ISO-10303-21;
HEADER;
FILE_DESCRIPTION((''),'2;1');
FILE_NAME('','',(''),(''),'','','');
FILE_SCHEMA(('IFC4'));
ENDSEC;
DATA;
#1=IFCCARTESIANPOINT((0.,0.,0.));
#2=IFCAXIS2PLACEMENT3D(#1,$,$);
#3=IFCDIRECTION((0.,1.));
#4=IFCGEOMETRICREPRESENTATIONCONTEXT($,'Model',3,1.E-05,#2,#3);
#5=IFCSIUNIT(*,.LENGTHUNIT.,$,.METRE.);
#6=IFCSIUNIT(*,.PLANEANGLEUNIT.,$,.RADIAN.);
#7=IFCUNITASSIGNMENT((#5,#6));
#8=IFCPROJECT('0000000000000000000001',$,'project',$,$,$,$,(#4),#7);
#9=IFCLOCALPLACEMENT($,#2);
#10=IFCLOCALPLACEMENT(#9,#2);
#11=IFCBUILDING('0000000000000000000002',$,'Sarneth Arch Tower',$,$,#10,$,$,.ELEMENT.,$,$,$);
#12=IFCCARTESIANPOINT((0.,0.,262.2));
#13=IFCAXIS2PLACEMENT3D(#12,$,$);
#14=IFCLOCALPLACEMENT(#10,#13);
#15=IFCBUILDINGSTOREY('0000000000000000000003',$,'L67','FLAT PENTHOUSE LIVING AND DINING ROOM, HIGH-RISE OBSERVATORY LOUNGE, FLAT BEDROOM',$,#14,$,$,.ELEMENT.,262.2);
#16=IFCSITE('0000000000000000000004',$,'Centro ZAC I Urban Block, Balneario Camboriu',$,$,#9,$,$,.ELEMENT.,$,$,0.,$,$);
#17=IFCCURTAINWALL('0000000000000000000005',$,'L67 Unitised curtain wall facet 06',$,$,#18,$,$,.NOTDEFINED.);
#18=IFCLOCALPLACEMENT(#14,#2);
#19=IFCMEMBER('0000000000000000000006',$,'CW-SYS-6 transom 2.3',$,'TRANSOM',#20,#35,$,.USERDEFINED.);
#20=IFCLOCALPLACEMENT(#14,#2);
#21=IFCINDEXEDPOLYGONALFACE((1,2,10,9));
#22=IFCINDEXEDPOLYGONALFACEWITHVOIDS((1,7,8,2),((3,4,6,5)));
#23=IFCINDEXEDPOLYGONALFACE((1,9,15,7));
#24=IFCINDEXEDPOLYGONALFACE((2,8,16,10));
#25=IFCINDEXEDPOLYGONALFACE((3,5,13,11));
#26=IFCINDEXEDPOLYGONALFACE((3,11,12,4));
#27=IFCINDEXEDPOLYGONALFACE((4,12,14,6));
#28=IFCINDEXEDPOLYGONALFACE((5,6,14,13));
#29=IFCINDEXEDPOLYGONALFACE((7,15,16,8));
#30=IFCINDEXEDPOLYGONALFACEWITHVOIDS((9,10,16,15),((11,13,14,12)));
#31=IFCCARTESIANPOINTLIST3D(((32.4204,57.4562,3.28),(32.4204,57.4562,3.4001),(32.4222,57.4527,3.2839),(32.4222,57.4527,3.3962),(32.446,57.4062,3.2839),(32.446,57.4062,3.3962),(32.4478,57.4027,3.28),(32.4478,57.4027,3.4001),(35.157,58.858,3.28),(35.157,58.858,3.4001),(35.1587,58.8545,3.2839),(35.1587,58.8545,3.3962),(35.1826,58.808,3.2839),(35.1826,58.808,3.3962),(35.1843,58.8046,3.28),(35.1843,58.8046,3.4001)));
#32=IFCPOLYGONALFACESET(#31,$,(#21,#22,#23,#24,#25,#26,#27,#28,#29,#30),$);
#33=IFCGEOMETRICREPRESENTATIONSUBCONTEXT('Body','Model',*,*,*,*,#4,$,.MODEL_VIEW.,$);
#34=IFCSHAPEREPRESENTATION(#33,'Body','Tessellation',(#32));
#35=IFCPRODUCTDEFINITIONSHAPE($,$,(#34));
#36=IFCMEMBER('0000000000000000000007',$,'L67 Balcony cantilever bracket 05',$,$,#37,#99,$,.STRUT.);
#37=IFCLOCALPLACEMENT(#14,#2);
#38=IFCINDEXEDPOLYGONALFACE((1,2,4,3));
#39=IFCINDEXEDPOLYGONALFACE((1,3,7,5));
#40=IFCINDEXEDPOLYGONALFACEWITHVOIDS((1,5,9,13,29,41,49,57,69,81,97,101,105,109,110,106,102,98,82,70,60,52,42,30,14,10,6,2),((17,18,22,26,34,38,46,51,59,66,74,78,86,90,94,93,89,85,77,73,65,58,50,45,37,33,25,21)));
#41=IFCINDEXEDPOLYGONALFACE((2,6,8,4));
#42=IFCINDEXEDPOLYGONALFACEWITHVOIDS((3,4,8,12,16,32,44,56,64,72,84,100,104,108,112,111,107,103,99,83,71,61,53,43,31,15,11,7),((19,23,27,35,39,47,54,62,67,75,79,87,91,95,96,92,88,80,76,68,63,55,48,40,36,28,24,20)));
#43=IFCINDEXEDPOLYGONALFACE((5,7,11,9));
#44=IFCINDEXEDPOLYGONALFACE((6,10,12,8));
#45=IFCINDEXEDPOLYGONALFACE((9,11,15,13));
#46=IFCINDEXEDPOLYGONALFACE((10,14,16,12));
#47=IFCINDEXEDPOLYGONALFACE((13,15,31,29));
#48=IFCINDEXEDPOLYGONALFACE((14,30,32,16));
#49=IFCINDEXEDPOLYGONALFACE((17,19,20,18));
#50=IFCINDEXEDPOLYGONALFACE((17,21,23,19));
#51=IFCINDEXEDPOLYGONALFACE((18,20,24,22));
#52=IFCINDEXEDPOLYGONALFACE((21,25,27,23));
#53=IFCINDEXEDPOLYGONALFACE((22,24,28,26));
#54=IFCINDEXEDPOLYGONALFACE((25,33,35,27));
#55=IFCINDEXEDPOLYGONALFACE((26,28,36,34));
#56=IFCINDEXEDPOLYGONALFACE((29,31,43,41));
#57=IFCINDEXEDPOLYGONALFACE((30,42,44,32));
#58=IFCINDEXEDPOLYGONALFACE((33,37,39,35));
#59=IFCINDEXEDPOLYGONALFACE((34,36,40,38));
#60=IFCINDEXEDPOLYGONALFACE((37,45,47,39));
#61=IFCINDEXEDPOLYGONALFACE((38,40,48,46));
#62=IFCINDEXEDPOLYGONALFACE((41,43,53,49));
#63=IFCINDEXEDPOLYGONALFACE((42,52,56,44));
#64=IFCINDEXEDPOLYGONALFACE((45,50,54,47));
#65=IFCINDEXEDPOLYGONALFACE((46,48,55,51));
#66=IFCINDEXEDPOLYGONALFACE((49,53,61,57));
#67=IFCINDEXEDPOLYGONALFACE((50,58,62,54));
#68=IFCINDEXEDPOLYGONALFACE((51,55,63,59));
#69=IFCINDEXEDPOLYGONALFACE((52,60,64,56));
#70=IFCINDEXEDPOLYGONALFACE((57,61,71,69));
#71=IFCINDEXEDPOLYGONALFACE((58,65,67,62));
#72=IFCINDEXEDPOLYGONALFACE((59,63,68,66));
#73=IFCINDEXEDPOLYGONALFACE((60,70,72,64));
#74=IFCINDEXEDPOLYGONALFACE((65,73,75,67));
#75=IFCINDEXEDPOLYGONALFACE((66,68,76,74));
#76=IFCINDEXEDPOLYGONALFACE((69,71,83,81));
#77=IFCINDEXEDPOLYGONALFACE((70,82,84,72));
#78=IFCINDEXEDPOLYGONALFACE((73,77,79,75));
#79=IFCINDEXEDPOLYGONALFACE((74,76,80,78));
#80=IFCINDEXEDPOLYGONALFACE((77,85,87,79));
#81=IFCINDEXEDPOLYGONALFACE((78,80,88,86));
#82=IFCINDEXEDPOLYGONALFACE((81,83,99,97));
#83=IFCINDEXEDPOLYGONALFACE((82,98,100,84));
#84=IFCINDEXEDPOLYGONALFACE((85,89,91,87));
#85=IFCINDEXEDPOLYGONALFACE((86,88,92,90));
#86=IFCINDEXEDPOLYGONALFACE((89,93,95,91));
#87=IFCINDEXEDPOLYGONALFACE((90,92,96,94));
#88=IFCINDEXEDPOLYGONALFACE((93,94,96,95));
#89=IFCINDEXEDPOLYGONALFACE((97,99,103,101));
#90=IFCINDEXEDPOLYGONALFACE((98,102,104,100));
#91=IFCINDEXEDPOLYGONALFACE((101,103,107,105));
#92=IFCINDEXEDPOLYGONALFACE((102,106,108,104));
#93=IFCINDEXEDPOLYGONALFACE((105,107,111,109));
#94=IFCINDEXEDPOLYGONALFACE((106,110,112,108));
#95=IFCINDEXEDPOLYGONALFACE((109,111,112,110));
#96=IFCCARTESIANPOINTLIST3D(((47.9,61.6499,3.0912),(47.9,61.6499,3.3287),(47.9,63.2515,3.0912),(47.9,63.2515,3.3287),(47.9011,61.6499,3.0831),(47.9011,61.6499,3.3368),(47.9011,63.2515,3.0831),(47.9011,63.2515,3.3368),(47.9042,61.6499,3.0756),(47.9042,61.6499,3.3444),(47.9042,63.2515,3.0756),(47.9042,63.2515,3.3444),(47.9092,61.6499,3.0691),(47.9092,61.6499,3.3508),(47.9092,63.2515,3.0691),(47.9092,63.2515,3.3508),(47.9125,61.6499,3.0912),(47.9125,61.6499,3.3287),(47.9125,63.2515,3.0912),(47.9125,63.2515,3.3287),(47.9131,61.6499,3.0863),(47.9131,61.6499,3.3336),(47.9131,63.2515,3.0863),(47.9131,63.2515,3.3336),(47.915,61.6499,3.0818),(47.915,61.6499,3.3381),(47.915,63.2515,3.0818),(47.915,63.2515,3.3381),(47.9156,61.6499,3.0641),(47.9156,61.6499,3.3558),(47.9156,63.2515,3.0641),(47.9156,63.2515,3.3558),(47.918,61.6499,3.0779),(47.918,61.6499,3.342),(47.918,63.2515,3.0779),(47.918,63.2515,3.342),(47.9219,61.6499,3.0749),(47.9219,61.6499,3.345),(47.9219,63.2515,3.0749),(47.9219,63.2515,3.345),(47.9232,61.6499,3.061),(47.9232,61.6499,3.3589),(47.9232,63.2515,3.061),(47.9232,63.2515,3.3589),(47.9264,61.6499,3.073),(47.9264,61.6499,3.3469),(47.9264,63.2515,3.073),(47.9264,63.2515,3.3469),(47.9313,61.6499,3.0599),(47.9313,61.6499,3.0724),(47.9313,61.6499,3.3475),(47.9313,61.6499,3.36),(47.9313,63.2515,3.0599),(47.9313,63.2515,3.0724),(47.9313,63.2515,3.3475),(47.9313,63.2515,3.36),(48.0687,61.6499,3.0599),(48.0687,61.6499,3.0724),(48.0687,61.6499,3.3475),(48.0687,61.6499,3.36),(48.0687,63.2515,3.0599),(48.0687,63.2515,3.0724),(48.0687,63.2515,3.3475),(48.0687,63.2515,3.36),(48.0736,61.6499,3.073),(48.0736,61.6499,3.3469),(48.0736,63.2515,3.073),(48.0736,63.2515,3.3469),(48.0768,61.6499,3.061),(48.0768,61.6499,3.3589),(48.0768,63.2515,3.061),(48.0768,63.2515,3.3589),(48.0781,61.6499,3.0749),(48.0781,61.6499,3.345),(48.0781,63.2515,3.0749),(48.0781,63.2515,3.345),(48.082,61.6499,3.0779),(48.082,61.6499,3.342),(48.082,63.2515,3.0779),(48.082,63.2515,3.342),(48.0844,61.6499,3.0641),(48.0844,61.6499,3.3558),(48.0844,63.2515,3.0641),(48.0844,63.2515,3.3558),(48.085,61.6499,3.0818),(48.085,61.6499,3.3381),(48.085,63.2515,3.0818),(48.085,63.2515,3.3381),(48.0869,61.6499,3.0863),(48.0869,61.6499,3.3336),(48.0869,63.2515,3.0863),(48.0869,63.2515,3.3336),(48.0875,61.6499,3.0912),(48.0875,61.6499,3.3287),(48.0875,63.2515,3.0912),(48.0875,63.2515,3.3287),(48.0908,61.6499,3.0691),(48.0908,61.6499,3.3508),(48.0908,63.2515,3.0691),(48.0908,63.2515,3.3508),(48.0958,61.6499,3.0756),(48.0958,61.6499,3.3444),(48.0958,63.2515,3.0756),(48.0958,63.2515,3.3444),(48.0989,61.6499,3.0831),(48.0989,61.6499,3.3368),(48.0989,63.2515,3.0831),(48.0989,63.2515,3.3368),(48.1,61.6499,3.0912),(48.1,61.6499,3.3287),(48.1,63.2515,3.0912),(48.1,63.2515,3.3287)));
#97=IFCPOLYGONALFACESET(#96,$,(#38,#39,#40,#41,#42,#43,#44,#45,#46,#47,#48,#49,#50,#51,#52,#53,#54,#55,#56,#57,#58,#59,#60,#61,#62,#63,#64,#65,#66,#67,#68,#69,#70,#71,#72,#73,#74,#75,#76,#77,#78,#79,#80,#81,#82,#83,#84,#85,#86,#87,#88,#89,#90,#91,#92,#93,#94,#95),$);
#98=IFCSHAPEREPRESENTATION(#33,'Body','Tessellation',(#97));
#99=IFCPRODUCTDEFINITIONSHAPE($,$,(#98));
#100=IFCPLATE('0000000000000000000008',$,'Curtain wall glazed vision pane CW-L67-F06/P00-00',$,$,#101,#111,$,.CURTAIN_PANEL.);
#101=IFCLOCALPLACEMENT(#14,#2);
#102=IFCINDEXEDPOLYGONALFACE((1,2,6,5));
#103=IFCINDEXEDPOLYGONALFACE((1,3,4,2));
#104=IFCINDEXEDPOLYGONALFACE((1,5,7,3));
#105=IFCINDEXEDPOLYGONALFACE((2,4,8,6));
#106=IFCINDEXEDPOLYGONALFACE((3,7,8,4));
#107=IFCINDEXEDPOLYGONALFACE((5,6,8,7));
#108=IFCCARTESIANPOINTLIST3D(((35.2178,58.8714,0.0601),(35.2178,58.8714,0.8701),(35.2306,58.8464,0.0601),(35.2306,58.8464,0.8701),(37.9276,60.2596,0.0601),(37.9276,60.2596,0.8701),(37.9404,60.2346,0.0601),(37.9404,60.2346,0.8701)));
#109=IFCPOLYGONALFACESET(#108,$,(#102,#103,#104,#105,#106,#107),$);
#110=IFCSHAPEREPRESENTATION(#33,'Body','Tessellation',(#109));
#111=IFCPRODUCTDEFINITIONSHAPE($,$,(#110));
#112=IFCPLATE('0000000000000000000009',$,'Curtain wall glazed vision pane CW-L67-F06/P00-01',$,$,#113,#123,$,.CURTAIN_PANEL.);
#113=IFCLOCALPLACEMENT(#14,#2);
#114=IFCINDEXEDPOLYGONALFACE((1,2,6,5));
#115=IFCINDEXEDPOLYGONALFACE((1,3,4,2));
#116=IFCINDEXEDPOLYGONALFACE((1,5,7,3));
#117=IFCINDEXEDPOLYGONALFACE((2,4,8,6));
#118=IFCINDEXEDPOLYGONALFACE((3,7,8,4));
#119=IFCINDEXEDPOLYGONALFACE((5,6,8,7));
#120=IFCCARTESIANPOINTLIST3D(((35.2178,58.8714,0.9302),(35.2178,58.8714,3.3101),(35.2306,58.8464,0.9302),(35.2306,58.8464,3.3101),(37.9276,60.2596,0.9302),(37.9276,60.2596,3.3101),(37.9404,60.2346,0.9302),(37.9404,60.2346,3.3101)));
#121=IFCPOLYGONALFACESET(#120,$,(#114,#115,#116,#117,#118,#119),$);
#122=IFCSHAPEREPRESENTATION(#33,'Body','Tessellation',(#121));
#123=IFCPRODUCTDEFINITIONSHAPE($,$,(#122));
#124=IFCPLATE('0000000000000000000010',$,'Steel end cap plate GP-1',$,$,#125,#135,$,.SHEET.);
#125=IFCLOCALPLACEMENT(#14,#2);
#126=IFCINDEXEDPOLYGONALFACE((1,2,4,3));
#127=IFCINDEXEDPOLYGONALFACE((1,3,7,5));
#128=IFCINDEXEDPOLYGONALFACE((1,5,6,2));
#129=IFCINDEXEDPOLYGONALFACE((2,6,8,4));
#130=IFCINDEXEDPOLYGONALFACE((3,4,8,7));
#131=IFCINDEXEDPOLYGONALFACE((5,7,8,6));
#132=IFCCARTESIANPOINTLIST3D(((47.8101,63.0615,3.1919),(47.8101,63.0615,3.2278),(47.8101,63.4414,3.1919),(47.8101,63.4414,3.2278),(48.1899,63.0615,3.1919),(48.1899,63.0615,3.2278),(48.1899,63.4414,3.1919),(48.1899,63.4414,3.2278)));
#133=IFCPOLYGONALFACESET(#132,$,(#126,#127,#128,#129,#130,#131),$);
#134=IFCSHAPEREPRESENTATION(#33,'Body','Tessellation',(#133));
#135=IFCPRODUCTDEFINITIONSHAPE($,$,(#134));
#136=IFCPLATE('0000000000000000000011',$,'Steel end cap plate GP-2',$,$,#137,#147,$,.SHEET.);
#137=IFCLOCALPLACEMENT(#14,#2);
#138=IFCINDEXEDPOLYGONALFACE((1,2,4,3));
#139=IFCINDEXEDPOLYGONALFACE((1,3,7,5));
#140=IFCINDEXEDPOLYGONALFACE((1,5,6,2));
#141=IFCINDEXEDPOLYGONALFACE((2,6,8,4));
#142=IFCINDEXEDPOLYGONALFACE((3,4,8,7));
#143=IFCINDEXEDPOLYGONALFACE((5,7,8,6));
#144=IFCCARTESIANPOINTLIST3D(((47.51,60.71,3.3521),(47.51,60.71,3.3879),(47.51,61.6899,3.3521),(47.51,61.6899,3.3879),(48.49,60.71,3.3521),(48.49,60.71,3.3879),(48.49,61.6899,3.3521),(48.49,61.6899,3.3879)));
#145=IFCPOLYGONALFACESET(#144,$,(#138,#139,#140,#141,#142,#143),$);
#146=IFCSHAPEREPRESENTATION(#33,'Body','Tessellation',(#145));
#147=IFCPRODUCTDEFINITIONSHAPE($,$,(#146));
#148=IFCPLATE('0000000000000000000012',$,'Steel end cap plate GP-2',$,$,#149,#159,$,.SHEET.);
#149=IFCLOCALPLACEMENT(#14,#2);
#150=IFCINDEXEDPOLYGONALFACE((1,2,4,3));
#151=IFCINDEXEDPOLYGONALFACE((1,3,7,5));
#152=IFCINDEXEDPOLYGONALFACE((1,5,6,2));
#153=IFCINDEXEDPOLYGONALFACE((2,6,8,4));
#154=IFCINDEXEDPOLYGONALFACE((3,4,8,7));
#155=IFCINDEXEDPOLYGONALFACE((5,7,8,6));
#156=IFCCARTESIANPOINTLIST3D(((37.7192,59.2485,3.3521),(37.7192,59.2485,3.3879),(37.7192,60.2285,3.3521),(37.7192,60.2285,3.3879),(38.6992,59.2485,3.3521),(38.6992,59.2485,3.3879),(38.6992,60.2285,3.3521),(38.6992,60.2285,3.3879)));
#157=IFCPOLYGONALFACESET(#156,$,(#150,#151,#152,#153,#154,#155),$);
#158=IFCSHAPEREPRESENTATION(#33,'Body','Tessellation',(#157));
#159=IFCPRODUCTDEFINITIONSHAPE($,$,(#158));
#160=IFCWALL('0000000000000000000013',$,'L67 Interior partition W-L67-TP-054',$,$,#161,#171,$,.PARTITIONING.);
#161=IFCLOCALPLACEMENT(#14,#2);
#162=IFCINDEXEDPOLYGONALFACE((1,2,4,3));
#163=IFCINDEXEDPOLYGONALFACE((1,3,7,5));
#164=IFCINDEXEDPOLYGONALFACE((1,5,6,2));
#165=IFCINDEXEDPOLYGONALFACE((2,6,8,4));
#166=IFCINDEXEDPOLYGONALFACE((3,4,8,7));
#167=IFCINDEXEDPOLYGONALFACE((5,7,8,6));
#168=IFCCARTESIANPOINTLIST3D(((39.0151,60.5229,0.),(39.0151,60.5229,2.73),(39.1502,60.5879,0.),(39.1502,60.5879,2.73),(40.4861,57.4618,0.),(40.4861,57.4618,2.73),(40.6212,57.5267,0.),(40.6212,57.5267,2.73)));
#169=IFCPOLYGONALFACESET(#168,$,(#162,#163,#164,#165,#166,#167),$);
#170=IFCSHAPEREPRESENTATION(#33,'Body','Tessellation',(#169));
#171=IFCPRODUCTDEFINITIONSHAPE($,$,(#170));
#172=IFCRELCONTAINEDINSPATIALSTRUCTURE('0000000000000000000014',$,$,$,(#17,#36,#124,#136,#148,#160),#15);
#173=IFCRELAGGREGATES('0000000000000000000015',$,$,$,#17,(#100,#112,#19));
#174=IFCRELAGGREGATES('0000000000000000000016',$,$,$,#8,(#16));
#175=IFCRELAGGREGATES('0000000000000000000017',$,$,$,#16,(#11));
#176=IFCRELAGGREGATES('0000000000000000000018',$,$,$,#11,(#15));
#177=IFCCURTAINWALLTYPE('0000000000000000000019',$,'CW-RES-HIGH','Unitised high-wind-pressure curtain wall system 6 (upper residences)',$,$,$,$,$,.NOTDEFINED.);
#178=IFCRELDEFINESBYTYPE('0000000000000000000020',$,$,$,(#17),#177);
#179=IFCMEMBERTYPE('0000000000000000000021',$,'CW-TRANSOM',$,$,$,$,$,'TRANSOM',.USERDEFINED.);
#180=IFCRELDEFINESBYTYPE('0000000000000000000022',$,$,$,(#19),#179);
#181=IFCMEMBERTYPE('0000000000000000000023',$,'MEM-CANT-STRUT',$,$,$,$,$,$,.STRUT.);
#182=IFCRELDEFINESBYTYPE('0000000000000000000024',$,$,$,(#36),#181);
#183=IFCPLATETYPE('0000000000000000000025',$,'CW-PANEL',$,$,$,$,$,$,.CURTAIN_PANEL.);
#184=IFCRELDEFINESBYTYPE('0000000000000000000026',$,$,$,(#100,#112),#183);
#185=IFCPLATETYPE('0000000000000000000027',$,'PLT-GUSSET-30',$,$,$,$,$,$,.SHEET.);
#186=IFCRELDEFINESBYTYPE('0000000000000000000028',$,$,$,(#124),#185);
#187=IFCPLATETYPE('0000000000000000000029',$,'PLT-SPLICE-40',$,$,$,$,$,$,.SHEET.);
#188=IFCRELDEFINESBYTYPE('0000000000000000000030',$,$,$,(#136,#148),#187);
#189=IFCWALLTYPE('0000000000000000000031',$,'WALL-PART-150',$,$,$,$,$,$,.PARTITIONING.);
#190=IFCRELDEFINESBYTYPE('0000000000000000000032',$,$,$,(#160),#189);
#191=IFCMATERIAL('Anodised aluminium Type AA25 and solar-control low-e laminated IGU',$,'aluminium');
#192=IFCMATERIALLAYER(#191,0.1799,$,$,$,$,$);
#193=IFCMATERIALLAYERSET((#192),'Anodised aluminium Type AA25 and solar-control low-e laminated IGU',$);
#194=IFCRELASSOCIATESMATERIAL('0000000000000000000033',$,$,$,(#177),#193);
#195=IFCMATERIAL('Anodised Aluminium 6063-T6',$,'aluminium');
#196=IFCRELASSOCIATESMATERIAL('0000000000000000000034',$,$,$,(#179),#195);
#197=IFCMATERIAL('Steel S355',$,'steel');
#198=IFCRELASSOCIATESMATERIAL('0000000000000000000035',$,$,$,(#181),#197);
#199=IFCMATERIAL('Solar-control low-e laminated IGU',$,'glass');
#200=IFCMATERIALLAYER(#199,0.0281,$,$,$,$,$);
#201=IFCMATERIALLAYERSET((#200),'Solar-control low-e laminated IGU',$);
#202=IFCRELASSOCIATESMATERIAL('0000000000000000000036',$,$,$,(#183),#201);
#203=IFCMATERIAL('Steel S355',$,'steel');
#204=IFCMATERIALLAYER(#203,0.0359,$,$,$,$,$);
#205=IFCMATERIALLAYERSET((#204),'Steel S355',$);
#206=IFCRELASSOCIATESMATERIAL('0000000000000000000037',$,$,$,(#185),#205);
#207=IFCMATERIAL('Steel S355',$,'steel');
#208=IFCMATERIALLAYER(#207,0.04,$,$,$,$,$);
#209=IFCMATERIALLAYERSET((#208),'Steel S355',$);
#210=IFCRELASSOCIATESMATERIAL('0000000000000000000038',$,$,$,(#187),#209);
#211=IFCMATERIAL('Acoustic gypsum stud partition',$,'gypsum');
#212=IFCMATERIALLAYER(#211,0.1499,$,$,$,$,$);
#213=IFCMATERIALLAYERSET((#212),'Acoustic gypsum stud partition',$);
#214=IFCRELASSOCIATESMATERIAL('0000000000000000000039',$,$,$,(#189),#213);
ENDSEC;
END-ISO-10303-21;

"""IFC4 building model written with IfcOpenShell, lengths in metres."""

from ifc_helpers import new_model, si_unit, direction, frame, frame_2d, origin, origin_2d, place, context, subcontext, project, spatial, rectangle, hollow_rectangle, extrude, material, layer, layer_set, material_profile, profile_set, type_object, element, aggregate, save


model = new_model("IFC4")

# Units and contexts
model_context = context("Model", 3, precision=1e-05, world=origin(), true_north=direction((0.0, 1.0)))
body_context = subcontext(model_context, "Body", "Model", "MODEL_VIEW")
ifc_project = project(units=[si_unit("LENGTHUNIT", "METRE"), si_unit("PLANEANGLEUNIT", "RADIAN")], contexts=[model_context])

# Site, building, storey
site_placement = place(None, origin())
site = spatial("IfcSite", under=ifc_project, at=site_placement, Name="Centro ZAC I Urban Block, Balneario Camboriu", CompositionType="ELEMENT", RefElevation=0.0)
building_placement = place(site_placement, origin())
building = spatial("IfcBuilding", under=site, at=building_placement, Name="Sarneth Arch Tower", CompositionType="ELEMENT")
storey_placement = place(building_placement, frame((0.0, 0.0, 262.2)))
storey = spatial("IfcBuildingStorey", under=building, at=storey_placement, Name="L67", Description="FLAT PENTHOUSE LIVING AND DINING ROOM, HIGH-RISE OBSERVATORY LOUNGE, FLAT BEDROOM", CompositionType="ELEMENT", Elevation=262.2)

# Curtain wall, member
ifc_material_1 = material(Name="Anodised aluminium Type AA25 and solar-control low-e laminated IGU", Category="aluminium")
ifc_layer_1 = layer(ifc_material_1, 0.1799)
ifc_layer_set_1 = layer_set([ifc_layer_1], Name="Anodised aluminium Type AA25 and solar-control low-e laminated IGU")
curtain_wall_type = type_object("IfcCurtainWallType", Name="CW-RES-HIGH", Description="Unitised high-wind-pressure curtain wall system 6 (upper residences)", PredefinedType="NOTDEFINED", material=ifc_layer_set_1)
curtain_wall_placement = place(storey_placement, origin())
curtain_wall = element("IfcCurtainWall", 1, at=curtain_wall_placement, inside=storey, type_object=curtain_wall_type, Name="L67 Unitised curtain wall facet 06", PredefinedType="NOTDEFINED")
ifc_material_2 = material(Name="Anodised Aluminium 6063-T6", Category="aluminium")
ifc_material_profile_1 = material_profile(ifc_material_2, hollow_rectangle(XDim=0.0601, YDim=0.1201, WallThickness=0.0039, at=origin_2d()), Name="AL-TRAN-120x60x4")
ifc_profile_set_1 = profile_set([ifc_material_profile_1], Name="Anodised Aluminium 6063-T6")
member_type_1 = type_object("IfcMemberType", Name="CW-TRANSOM", ElementType="TRANSOM", PredefinedType="USERDEFINED", material=ifc_profile_set_1)
member_1_placement = place(storey_placement, frame((35.1707, 58.8313, 3.3401), z_axis=(-0.890017, -0.455926, 0.0), x_axis=(0.455926, -0.890017, 0.0)))
member_1 = element("IfcMember", 2, at=member_1_placement, type_object=member_type_1, Name="CW-SYS-6 transom 2.3", ObjectType="TRANSOM", PredefinedType="USERDEFINED", context=body_context, shape_type="SweptSolid", body=[
    extrude(hollow_rectangle(XDim=0.0601, YDim=0.1201, WallThickness=0.0039, at=origin_2d()), origin(), (0.0, 0.0, 1.0), 3.0747),
])

# Member
ifc_material_3 = material(Name="Steel S355", Category="steel")
ifc_material_profile_2 = material_profile(ifc_material_3, hollow_rectangle(XDim=0.2, YDim=0.3, WallThickness=0.0125, InnerFilletRadius=0.0188, OuterFilletRadius=0.0312, at=origin_2d()), Name="RHS300x200x12.5")
ifc_profile_set_2 = profile_set([ifc_material_profile_2], Name="Steel S355")
member_type_2 = type_object("IfcMemberType", Name="MEM-CANT-STRUT", PredefinedType="STRUT", material=ifc_profile_set_2)
member_2_placement = place(storey_placement, frame((48.0, 61.6499, 3.21), z_axis=(0.0, 1.0, 0.0), x_axis=(-1.0, 0.0, 0.0)))
element("IfcMember", 3, at=member_2_placement, inside=storey, type_object=member_type_2, Name="L67 Balcony cantilever bracket 05", PredefinedType="STRUT", context=body_context, shape_type="SweptSolid", body=[
    extrude(hollow_rectangle(XDim=0.2, YDim=0.3, WallThickness=0.0125, InnerFilletRadius=0.0188, OuterFilletRadius=0.0312, at=origin_2d()), origin(), (0.0, 0.0, 1.0), 1.6016),
])

# Plates
ifc_material_4 = material(Name="Solar-control low-e laminated IGU", Category="glass")
ifc_layer_2 = layer(ifc_material_4, 0.0281)
ifc_layer_set_2 = layer_set([ifc_layer_2], Name="Solar-control low-e laminated IGU")
plate_type_1 = type_object("IfcPlateType", Name="CW-PANEL", PredefinedType="CURTAIN_PANEL", material=ifc_layer_set_2)
plate_1_placement = place(storey_placement, frame((36.5791, 59.553, 0.0601), z_axis=(0.0, 0.0, 1.0), x_axis=(-0.89001, -0.455942, 0.0)))
plate_1 = element("IfcPlate", 4, at=plate_1_placement, type_object=plate_type_1, Name="Curtain wall glazed vision pane CW-L67-F06/P00-00", PredefinedType="CURTAIN_PANEL", context=body_context, shape_type="SweptSolid", body=[
    extrude(rectangle(XDim=3.0447, YDim=0.0281, at=origin_2d()), origin(), (0.0, 0.0, 1.0), 0.8101),
])
plate_2_placement = place(storey_placement, frame((36.5791, 59.553, 0.9302), z_axis=(0.0, 0.0, 1.0), x_axis=(-0.89001, -0.455942, 0.0)))
plate_2 = element("IfcPlate", 5, at=plate_2_placement, type_object=plate_type_1, Name="Curtain wall glazed vision pane CW-L67-F06/P00-01", PredefinedType="CURTAIN_PANEL", context=body_context, shape_type="SweptSolid", body=[
    extrude(rectangle(XDim=3.0447, YDim=0.0281, at=origin_2d()), origin(), (0.0, 0.0, 1.0), 2.3799),
])
aggregate(curtain_wall, [plate_1, plate_2, member_1])

# Plates
ifc_material_5 = material(Name="Steel S355", Category="steel")
ifc_layer_3 = layer(ifc_material_5, 0.0359)
ifc_layer_set_3 = layer_set([ifc_layer_3], Name="Steel S355")
plate_type_2 = type_object("IfcPlateType", Name="PLT-GUSSET-30", PredefinedType="SHEET", material=ifc_layer_set_3)
plate_3_placement = place(storey_placement, frame((48.0, 63.2515, 3.1919), z_axis=(0.0, 0.0, 1.0), x_axis=(0.0, 1.0, 0.0)))
element("IfcPlate", 6, at=plate_3_placement, inside=storey, type_object=plate_type_2, Name="Steel end cap plate GP-1", PredefinedType="SHEET", context=body_context, shape_type="SweptSolid", body=[
    extrude(rectangle(XDim=0.3799, YDim=0.3799, at=origin_2d()), origin(), (0.0, 0.0, 1.0), 0.0359),
])
ifc_material_6 = material(Name="Steel S355", Category="steel")
ifc_layer_4 = layer(ifc_material_6, 0.04)
ifc_layer_set_4 = layer_set([ifc_layer_4], Name="Steel S355")
plate_type_3 = type_object("IfcPlateType", Name="PLT-SPLICE-40", PredefinedType="SHEET", material=ifc_layer_set_4)
for number, where, z_axis, x_axis, name in (
    (7, (48.0, 61.2, 3.3521), (0.0, 0.0, 1.0), (1.0, 0.0, 0.0), "Steel end cap plate GP-2"),
    (8, (38.2092, 59.7385, 3.3521), (0.0, 0.0, 1.0), (1.0, 0.0, 0.0), "Steel end cap plate GP-2"),
):
    element("IfcPlate", number, at=place(storey_placement, frame(where, z_axis=z_axis, x_axis=x_axis)), inside=storey, type_object=plate_type_3, Name=name, PredefinedType="SHEET", context=body_context, shape_type="SweptSolid", body=[
        extrude(rectangle(XDim=0.98, YDim=0.98, at=origin_2d()), origin(), (0.0, 0.0, 1.0), 0.0359),
    ])

# Wall
ifc_material_7 = material(Name="Acoustic gypsum stud partition", Category="gypsum")
ifc_layer_5 = layer(ifc_material_7, 0.1499)
ifc_layer_set_5 = layer_set([ifc_layer_5], Name="Acoustic gypsum stud partition")
wall_type_1 = type_object("IfcWallType", Name="WALL-PART-150", PredefinedType="PARTITIONING", material=ifc_layer_set_5)
wall_1_placement = place(storey_placement, frame((40.5537, 57.4941, 0.0), z_axis=(0.0, 0.0, 1.0), x_axis=(-0.433126, 0.901333, 0.0)))
element("IfcWall", 9, at=wall_1_placement, inside=storey, type_object=wall_type_1, Name="L67 Interior partition W-L67-TP-054", PredefinedType="PARTITIONING", context=body_context, shape_type="SweptSolid", body=[
    extrude(rectangle(XDim=3.3962, YDim=0.1499, at=frame_2d((1.6982, 0.0))), origin(), (0.0, 0.0, 1.0), 2.73),
])

save(model, "model.ifc")
